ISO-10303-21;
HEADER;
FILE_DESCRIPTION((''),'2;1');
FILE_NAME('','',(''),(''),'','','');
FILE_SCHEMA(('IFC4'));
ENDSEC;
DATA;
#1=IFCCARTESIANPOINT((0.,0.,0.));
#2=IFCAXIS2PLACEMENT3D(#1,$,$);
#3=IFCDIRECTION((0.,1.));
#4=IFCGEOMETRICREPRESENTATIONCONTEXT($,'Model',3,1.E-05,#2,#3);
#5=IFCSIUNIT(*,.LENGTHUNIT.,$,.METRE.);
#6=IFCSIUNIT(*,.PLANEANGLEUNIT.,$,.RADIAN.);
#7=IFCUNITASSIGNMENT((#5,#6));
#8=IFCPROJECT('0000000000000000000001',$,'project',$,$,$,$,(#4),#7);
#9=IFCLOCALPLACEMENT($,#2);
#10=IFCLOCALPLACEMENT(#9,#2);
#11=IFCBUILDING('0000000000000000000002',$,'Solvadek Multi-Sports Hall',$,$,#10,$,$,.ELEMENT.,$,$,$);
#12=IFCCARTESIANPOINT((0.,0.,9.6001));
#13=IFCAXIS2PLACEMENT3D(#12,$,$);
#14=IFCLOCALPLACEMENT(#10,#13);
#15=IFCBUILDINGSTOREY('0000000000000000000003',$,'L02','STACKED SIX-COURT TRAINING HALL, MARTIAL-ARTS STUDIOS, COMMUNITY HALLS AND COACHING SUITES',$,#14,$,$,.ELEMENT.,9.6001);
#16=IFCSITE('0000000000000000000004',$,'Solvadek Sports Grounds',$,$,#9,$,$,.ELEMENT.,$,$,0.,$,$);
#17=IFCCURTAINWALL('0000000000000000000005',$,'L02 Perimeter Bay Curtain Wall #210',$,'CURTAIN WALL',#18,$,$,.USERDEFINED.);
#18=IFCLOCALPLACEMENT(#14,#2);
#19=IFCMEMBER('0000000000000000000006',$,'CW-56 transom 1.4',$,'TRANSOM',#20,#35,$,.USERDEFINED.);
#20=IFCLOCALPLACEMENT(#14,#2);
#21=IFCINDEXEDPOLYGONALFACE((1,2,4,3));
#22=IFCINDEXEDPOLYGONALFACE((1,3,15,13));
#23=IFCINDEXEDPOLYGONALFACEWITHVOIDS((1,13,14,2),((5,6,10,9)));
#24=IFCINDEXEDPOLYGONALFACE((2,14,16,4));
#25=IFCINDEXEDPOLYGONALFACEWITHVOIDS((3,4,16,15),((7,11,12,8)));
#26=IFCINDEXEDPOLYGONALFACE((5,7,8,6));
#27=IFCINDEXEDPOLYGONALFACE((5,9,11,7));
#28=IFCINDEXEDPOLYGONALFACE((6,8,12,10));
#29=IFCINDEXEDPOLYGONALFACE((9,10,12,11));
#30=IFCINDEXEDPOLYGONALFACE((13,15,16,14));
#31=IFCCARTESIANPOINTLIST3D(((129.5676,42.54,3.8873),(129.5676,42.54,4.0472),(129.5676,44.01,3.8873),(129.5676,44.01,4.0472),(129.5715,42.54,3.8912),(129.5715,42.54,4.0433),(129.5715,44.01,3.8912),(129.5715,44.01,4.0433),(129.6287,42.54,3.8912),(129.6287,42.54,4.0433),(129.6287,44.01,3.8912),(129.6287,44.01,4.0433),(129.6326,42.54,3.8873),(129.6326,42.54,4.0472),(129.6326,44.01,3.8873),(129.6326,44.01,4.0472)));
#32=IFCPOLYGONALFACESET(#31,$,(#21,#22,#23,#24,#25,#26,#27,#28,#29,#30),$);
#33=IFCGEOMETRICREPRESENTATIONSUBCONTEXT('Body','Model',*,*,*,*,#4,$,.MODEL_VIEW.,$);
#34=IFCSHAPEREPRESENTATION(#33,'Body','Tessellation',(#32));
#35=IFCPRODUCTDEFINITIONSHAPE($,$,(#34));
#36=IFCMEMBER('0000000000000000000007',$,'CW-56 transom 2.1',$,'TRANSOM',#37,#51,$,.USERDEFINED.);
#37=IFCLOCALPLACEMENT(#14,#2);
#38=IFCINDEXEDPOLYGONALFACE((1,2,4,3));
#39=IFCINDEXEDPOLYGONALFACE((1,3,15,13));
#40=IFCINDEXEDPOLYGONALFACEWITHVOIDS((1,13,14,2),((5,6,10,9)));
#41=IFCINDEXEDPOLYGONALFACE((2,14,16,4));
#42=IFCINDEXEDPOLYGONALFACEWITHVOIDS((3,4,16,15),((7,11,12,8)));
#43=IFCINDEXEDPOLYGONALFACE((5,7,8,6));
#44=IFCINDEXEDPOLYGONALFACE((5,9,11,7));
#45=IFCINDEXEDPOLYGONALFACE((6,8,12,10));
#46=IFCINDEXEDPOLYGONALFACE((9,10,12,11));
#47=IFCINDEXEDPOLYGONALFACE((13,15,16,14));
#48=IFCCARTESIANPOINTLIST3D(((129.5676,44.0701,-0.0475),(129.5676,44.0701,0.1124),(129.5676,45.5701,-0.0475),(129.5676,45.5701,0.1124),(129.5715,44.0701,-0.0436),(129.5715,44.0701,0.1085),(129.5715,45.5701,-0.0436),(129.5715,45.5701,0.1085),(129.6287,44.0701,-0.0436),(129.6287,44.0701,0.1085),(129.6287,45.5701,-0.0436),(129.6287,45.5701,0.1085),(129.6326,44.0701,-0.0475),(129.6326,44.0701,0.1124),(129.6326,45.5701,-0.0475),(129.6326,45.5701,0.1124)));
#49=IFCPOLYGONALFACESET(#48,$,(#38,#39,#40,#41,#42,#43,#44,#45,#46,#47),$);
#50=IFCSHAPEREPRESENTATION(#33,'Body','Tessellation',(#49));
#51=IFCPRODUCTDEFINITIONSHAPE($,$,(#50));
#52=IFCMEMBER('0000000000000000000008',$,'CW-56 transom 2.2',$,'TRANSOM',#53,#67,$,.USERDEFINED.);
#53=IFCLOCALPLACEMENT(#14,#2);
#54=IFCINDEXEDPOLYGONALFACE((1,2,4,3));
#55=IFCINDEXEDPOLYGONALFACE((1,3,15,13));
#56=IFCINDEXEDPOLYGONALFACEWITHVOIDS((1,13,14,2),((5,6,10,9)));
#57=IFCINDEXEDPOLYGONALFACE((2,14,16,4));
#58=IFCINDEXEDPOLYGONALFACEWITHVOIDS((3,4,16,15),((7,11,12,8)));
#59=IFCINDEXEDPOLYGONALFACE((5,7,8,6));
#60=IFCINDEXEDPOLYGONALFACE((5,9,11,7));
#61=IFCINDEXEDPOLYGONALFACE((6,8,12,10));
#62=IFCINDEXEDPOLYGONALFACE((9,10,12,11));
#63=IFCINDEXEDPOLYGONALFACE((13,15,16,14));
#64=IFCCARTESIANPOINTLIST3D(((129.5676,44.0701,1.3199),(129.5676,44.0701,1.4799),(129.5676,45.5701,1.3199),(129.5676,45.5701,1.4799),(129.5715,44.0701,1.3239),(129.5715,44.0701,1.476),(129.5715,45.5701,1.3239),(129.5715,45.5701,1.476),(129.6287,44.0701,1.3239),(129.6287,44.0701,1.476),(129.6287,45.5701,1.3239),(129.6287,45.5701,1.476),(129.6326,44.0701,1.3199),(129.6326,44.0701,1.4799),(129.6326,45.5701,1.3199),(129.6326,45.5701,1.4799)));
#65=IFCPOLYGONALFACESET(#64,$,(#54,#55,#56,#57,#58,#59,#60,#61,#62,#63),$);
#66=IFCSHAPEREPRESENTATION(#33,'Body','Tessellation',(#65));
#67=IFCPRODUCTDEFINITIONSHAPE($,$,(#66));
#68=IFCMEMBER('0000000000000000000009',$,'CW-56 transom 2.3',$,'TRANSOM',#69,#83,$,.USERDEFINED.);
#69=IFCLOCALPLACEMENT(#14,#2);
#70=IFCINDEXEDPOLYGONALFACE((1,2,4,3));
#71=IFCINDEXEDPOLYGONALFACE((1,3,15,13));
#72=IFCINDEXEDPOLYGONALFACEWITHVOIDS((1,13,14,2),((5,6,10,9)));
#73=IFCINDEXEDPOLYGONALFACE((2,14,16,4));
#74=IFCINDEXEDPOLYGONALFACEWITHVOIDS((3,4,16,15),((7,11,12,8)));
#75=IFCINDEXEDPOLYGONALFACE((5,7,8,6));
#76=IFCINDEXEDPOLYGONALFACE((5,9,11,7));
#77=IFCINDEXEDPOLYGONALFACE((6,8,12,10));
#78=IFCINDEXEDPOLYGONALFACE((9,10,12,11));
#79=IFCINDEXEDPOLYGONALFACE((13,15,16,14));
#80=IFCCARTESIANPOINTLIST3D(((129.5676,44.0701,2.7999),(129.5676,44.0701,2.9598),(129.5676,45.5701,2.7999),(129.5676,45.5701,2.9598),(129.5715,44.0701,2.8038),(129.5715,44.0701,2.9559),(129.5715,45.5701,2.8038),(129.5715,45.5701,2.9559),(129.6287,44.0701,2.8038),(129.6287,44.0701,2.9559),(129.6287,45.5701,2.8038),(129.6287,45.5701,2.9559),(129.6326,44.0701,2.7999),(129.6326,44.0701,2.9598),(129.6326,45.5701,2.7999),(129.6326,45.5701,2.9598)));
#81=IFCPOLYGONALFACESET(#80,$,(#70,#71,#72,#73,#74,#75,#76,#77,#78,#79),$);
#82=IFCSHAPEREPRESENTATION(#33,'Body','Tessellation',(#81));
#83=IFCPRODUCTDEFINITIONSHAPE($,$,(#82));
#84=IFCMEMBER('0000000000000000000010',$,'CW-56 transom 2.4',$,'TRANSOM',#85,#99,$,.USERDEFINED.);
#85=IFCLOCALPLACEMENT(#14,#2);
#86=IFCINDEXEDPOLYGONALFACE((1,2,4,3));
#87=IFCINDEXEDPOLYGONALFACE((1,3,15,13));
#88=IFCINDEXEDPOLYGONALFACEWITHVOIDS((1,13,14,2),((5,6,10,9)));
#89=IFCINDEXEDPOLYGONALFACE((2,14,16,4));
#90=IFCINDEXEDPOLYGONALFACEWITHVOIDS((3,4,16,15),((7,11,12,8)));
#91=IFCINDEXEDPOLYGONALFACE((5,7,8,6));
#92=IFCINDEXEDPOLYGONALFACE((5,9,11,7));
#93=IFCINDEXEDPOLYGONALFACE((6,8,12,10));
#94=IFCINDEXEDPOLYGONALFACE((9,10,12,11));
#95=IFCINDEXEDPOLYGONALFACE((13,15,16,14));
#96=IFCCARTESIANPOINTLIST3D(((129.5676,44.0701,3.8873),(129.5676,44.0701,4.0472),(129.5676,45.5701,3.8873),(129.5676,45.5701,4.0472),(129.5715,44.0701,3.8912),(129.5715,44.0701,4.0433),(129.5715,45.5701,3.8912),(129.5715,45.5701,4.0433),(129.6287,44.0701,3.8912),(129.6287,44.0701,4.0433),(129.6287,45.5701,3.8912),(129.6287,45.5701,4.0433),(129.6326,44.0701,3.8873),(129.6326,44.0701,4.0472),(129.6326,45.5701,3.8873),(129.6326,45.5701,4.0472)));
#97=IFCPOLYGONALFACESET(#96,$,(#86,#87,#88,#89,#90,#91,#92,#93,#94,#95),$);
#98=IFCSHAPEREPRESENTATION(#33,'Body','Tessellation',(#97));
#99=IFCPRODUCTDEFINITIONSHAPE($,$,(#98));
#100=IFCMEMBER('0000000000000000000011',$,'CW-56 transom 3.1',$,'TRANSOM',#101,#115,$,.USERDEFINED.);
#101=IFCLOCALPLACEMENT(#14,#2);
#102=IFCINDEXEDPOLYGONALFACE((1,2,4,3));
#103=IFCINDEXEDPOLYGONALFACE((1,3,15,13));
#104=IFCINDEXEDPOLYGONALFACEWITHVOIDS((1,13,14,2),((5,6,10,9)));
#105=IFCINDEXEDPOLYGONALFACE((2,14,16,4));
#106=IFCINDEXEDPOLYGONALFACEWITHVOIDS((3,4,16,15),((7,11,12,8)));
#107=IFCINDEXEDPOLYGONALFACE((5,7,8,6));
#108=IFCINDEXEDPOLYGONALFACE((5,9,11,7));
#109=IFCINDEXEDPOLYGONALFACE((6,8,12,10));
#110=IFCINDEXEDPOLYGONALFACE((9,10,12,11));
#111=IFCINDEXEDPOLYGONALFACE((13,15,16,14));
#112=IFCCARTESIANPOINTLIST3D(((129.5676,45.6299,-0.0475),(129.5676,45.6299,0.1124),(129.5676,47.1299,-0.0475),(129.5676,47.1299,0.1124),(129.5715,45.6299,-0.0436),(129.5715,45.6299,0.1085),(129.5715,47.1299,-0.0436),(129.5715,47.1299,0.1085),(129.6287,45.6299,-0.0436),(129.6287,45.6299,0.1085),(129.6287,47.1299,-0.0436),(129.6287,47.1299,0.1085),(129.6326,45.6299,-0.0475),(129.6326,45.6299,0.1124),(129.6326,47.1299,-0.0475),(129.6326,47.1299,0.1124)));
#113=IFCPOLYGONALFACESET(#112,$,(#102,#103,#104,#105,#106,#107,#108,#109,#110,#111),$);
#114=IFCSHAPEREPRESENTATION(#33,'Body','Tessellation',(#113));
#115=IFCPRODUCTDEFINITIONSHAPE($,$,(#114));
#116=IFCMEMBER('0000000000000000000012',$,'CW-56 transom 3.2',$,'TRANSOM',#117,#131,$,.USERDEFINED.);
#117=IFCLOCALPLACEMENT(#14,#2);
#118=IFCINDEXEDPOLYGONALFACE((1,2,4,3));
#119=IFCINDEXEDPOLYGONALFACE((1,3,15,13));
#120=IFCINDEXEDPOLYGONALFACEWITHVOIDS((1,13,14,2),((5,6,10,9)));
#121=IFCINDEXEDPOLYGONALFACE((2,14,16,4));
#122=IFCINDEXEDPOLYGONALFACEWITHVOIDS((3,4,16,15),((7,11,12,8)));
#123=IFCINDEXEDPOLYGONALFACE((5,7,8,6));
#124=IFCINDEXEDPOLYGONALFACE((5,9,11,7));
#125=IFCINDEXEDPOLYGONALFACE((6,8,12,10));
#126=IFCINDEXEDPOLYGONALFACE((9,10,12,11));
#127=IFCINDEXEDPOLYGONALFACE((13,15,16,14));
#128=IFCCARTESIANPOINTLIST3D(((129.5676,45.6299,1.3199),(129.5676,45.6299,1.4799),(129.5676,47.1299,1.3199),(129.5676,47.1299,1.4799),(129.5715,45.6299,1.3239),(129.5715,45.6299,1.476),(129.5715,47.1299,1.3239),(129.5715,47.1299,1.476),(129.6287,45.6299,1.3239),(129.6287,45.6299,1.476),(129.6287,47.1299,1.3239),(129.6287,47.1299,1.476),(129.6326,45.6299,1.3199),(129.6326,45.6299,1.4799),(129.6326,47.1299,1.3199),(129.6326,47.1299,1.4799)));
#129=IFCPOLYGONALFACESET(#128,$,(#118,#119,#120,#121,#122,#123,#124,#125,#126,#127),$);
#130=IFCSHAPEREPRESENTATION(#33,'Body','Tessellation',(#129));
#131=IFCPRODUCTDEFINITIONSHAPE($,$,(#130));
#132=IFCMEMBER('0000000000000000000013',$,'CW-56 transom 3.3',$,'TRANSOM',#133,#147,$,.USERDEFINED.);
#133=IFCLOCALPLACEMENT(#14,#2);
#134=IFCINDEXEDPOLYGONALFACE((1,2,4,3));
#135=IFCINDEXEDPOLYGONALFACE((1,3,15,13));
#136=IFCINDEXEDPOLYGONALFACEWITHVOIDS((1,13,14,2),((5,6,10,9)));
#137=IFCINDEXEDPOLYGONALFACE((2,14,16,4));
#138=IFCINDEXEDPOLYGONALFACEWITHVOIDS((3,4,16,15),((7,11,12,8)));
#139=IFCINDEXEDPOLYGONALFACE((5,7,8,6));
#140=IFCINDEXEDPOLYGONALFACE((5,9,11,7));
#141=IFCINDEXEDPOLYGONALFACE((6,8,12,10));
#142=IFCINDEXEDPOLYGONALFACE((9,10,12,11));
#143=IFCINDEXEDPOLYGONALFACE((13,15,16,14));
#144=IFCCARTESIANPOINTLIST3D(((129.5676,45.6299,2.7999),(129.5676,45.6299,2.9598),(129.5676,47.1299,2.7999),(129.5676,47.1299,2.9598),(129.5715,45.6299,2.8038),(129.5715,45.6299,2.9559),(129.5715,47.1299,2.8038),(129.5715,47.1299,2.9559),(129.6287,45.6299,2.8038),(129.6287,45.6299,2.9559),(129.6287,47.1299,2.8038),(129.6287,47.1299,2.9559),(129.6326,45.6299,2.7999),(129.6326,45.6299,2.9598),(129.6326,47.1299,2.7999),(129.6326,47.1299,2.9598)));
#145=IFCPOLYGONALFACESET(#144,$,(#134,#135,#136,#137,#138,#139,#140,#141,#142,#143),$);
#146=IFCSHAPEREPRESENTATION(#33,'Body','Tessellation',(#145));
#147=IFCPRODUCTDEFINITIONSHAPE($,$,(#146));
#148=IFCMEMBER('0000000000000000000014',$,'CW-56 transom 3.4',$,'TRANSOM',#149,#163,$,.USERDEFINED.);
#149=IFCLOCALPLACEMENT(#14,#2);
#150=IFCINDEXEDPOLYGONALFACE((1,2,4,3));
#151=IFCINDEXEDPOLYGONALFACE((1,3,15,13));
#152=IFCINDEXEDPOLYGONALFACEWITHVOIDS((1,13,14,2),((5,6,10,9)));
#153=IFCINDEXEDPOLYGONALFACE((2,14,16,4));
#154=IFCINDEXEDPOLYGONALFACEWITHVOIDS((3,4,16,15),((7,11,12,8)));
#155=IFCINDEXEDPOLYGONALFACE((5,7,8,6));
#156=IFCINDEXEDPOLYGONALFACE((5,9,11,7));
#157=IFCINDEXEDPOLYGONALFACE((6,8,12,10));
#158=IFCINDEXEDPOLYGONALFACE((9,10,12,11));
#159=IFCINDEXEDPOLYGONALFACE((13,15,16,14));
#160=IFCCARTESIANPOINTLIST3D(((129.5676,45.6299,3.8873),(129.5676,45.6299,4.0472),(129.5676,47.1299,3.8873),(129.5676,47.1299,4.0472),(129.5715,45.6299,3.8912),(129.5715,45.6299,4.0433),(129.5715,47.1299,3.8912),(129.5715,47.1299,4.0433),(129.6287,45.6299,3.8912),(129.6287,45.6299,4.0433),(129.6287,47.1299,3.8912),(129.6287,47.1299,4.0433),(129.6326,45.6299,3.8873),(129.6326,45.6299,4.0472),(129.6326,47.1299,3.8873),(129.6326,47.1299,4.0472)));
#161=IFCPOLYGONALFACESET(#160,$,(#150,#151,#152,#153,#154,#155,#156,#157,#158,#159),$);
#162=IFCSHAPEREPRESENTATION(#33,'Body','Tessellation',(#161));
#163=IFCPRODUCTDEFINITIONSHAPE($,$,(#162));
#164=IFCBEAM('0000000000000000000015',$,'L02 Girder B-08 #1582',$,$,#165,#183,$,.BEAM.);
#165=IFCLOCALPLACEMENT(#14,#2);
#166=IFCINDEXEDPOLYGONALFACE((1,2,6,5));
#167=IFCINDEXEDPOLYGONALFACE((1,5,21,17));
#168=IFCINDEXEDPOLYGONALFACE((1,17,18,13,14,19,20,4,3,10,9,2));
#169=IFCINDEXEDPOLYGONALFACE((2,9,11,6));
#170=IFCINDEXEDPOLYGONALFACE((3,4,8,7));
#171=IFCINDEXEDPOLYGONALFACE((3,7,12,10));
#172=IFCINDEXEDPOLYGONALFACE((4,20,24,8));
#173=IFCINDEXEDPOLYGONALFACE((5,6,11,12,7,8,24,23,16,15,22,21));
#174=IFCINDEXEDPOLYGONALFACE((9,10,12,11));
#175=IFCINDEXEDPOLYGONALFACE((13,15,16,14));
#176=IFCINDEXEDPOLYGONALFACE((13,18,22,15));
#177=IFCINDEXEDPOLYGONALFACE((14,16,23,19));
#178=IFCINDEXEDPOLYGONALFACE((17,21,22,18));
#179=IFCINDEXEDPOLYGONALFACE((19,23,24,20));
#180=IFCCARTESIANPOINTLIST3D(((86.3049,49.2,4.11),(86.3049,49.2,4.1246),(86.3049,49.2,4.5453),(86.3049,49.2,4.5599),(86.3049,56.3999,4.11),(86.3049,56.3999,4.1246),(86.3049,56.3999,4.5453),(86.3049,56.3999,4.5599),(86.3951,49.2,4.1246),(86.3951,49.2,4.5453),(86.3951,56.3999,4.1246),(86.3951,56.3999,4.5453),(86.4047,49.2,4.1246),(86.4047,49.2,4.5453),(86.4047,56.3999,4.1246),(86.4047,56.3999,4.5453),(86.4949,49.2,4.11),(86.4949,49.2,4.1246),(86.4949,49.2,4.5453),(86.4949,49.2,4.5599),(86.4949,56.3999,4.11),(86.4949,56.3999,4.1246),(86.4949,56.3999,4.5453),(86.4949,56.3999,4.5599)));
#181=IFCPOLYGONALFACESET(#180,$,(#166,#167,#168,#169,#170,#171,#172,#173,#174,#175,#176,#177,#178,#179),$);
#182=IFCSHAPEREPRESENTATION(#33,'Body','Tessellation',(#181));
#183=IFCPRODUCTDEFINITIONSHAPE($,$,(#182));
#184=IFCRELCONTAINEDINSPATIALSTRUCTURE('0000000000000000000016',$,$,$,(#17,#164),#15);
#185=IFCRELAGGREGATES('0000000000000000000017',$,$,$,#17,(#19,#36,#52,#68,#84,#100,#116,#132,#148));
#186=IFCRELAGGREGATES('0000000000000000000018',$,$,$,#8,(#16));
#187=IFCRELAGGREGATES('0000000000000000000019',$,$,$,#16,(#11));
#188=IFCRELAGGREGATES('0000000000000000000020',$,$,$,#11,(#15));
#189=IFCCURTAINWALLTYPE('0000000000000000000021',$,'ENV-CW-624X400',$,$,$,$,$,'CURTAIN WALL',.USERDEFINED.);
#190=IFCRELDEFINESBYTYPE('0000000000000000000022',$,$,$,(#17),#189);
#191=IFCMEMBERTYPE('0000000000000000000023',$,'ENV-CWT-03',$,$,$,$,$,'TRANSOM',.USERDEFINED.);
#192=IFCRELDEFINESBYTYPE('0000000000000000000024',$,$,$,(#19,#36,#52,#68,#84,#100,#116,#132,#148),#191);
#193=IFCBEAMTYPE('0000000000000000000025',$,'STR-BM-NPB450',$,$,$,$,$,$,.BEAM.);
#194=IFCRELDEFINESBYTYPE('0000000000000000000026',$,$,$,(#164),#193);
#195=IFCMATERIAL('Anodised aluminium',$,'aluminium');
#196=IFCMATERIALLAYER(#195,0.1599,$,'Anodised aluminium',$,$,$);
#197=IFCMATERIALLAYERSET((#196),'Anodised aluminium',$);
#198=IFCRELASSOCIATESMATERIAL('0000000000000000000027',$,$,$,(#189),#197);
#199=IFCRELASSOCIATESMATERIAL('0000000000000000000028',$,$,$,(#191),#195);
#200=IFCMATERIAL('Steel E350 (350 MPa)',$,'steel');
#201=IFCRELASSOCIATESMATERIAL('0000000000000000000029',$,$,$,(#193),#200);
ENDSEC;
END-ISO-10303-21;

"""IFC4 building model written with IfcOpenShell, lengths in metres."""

from ifc_helpers import new_model, si_unit, direction, frame, origin, origin_2d, place, context, subcontext, project, spatial, hollow_rectangle, i_section, extrude, material, layer, layer_set, material_profile, profile_set, type_object, element, aggregate, save


model = new_model("IFC4")

# Units and contexts
model_context = context("Model", 3, precision=1e-05, world=origin(), true_north=direction((0.0, 1.0)))
body_context = subcontext(model_context, "Body", "Model", "MODEL_VIEW")
ifc_project = project(units=[si_unit("LENGTHUNIT", "METRE"), si_unit("PLANEANGLEUNIT", "RADIAN")], contexts=[model_context])

# Site, building, storey
site_placement = place(None, origin())
site = spatial("IfcSite", under=ifc_project, at=site_placement, Name="Solvadek Sports Grounds", CompositionType="ELEMENT", RefElevation=0.0)
building_placement = place(site_placement, origin())
building = spatial("IfcBuilding", under=site, at=building_placement, Name="Solvadek Multi-Sports Hall", CompositionType="ELEMENT")
storey_placement = place(building_placement, frame((0.0, 0.0, 9.6001)))
storey = spatial("IfcBuildingStorey", under=building, at=storey_placement, Name="L02", Description="STACKED SIX-COURT TRAINING HALL, MARTIAL-ARTS STUDIOS, COMMUNITY HALLS AND COACHING SUITES", CompositionType="ELEMENT", Elevation=9.6001)

# Shared definitions
ifc_material_1 = material(Name="Steel E350 (350 MPa)", Category="steel")

# Curtain wall, members
ifc_material_2 = material(Name="Anodised aluminium", Category="aluminium")
ifc_layer_1 = layer(ifc_material_2, 0.1599, Name="Anodised aluminium")
ifc_layer_set_1 = layer_set([ifc_layer_1], Name="Anodised aluminium")
curtain_wall_type = type_object("IfcCurtainWallType", Name="ENV-CW-624X400", ElementType="CURTAIN WALL", PredefinedType="USERDEFINED", material=ifc_layer_set_1)
curtain_wall_placement = place(storey_placement, origin())
curtain_wall = element("IfcCurtainWall", 1, at=curtain_wall_placement, inside=storey, type_object=curtain_wall_type, Name="L02 Perimeter Bay Curtain Wall #210", ObjectType="CURTAIN WALL", PredefinedType="USERDEFINED")
ifc_material_profile_1 = material_profile(ifc_material_2, hollow_rectangle(XDim=0.0649, YDim=0.1599, WallThickness=0.0039, at=origin_2d()), Name="ALU-T 160x65x4")
ifc_profile_set_1 = profile_set([ifc_material_profile_1], Name="Anodised aluminium")
member_type_1 = type_object("IfcMemberType", Name="ENV-CWT-03", ElementType="TRANSOM", PredefinedType="USERDEFINED", material=ifc_profile_set_1)
member_1_placement = place(storey_placement, frame((129.6001, 42.54, 3.9673), z_axis=(0.0, 1.0, 0.0), x_axis=(-1.0, 0.0, 0.0)))
member_1 = element("IfcMember", 2, at=member_1_placement, type_object=member_type_1, Name="CW-56 transom 1.4", ObjectType="TRANSOM", PredefinedType="USERDEFINED", context=body_context, shape_type="SweptSolid", body=[
    extrude(hollow_rectangle(XDim=0.0649, YDim=0.1599, WallThickness=0.0039, at=origin_2d()), origin(), (0.0, 0.0, 1.0), 1.47),
])
member_2_placement = place(storey_placement, frame((129.6001, 44.0701, 0.0325), z_axis=(0.0, 1.0, 0.0), x_axis=(-1.0, 0.0, 0.0)))
member_2 = element("IfcMember", 3, at=member_2_placement, type_object=member_type_1, Name="CW-56 transom 2.1", ObjectType="TRANSOM", PredefinedType="USERDEFINED", context=body_context, shape_type="SweptSolid", body=[
    extrude(hollow_rectangle(XDim=0.0649, YDim=0.1599, WallThickness=0.0039, at=origin_2d()), origin(), (0.0, 0.0, 1.0), 1.5),
])
member_3_placement = place(storey_placement, frame((129.6001, 44.0701, 1.3999), z_axis=(0.0, 1.0, 0.0), x_axis=(-1.0, 0.0, 0.0)))
member_3 = element("IfcMember", 4, at=member_3_placement, type_object=member_type_1, Name="CW-56 transom 2.2", ObjectType="TRANSOM", PredefinedType="USERDEFINED", context=body_context, shape_type="SweptSolid", body=[
    extrude(hollow_rectangle(XDim=0.0649, YDim=0.1599, WallThickness=0.0039, at=origin_2d()), origin(), (0.0, 0.0, 1.0), 1.5),
])
member_4_placement = place(storey_placement, frame((129.6001, 44.0701, 2.8799), z_axis=(0.0, 1.0, 0.0), x_axis=(-1.0, 0.0, 0.0)))
member_4 = element("IfcMember", 5, at=member_4_placement, type_object=member_type_1, Name="CW-56 transom 2.3", ObjectType="TRANSOM", PredefinedType="USERDEFINED", context=body_context, shape_type="SweptSolid", body=[
    extrude(hollow_rectangle(XDim=0.0649, YDim=0.1599, WallThickness=0.0039, at=origin_2d()), origin(), (0.0, 0.0, 1.0), 1.5),
])
member_5_placement = place(storey_placement, frame((129.6001, 44.0701, 3.9673), z_axis=(0.0, 1.0, 0.0), x_axis=(-1.0, 0.0, 0.0)))
member_5 = element("IfcMember", 6, at=member_5_placement, type_object=member_type_1, Name="CW-56 transom 2.4", ObjectType="TRANSOM", PredefinedType="USERDEFINED", context=body_context, shape_type="SweptSolid", body=[
    extrude(hollow_rectangle(XDim=0.0649, YDim=0.1599, WallThickness=0.0039, at=origin_2d()), origin(), (0.0, 0.0, 1.0), 1.5),
])
member_6_placement = place(storey_placement, frame((129.6001, 45.6299, 0.0325), z_axis=(0.0, 1.0, 0.0), x_axis=(-1.0, 0.0, 0.0)))
member_6 = element("IfcMember", 7, at=member_6_placement, type_object=member_type_1, Name="CW-56 transom 3.1", ObjectType="TRANSOM", PredefinedType="USERDEFINED", context=body_context, shape_type="SweptSolid", body=[
    extrude(hollow_rectangle(XDim=0.0649, YDim=0.1599, WallThickness=0.0039, at=origin_2d()), origin(), (0.0, 0.0, 1.0), 1.5),
])
member_7_placement = place(storey_placement, frame((129.6001, 45.6299, 1.3999), z_axis=(0.0, 1.0, 0.0), x_axis=(-1.0, 0.0, 0.0)))
member_7 = element("IfcMember", 8, at=member_7_placement, type_object=member_type_1, Name="CW-56 transom 3.2", ObjectType="TRANSOM", PredefinedType="USERDEFINED", context=body_context, shape_type="SweptSolid", body=[
    extrude(hollow_rectangle(XDim=0.0649, YDim=0.1599, WallThickness=0.0039, at=origin_2d()), origin(), (0.0, 0.0, 1.0), 1.5),
])
member_8_placement = place(storey_placement, frame((129.6001, 45.6299, 2.8799), z_axis=(0.0, 1.0, 0.0), x_axis=(-1.0, 0.0, 0.0)))
member_8 = element("IfcMember", 9, at=member_8_placement, type_object=member_type_1, Name="CW-56 transom 3.3", ObjectType="TRANSOM", PredefinedType="USERDEFINED", context=body_context, shape_type="SweptSolid", body=[
    extrude(hollow_rectangle(XDim=0.0649, YDim=0.1599, WallThickness=0.0039, at=origin_2d()), origin(), (0.0, 0.0, 1.0), 1.5),
])
member_9_placement = place(storey_placement, frame((129.6001, 45.6299, 3.9673), z_axis=(0.0, 1.0, 0.0), x_axis=(-1.0, 0.0, 0.0)))
member_9 = element("IfcMember", 10, at=member_9_placement, type_object=member_type_1, Name="CW-56 transom 3.4", ObjectType="TRANSOM", PredefinedType="USERDEFINED", context=body_context, shape_type="SweptSolid", body=[
    extrude(hollow_rectangle(XDim=0.0649, YDim=0.1599, WallThickness=0.0039, at=origin_2d()), origin(), (0.0, 0.0, 1.0), 1.5),
])

# Beam
ifc_material_profile_2 = material_profile(ifc_material_1, i_section(OverallWidth=0.1899, OverallDepth=0.45, WebThickness=0.0095, FlangeThickness=0.0146, at=origin_2d()), Name="NPB 450")
ifc_profile_set_2 = profile_set([ifc_material_profile_2], Name="Steel E350 (350 MPa)")
beam_type_1 = type_object("IfcBeamType", Name="STR-BM-NPB450", PredefinedType="BEAM", material=ifc_profile_set_2)
beam_placement = place(storey_placement, frame((86.3999, 49.2, 4.335), z_axis=(0.0, 1.0, 0.0), x_axis=(-1.0, 0.0, 0.0)))
element("IfcBeam", 11, at=beam_placement, inside=storey, type_object=beam_type_1, Name="L02 Girder B-08 #1582", PredefinedType="BEAM", context=body_context, shape_type="SweptSolid", body=[
    extrude(i_section(OverallWidth=0.1899, OverallDepth=0.45, WebThickness=0.0095, FlangeThickness=0.0146, at=origin_2d()), origin(), (0.0, 0.0, 1.0), 7.2),
])

aggregate(curtain_wall, [member_1, member_2, member_3, member_4, member_5, member_6, member_7, member_8, member_9])

save(model, "model.ifc")
